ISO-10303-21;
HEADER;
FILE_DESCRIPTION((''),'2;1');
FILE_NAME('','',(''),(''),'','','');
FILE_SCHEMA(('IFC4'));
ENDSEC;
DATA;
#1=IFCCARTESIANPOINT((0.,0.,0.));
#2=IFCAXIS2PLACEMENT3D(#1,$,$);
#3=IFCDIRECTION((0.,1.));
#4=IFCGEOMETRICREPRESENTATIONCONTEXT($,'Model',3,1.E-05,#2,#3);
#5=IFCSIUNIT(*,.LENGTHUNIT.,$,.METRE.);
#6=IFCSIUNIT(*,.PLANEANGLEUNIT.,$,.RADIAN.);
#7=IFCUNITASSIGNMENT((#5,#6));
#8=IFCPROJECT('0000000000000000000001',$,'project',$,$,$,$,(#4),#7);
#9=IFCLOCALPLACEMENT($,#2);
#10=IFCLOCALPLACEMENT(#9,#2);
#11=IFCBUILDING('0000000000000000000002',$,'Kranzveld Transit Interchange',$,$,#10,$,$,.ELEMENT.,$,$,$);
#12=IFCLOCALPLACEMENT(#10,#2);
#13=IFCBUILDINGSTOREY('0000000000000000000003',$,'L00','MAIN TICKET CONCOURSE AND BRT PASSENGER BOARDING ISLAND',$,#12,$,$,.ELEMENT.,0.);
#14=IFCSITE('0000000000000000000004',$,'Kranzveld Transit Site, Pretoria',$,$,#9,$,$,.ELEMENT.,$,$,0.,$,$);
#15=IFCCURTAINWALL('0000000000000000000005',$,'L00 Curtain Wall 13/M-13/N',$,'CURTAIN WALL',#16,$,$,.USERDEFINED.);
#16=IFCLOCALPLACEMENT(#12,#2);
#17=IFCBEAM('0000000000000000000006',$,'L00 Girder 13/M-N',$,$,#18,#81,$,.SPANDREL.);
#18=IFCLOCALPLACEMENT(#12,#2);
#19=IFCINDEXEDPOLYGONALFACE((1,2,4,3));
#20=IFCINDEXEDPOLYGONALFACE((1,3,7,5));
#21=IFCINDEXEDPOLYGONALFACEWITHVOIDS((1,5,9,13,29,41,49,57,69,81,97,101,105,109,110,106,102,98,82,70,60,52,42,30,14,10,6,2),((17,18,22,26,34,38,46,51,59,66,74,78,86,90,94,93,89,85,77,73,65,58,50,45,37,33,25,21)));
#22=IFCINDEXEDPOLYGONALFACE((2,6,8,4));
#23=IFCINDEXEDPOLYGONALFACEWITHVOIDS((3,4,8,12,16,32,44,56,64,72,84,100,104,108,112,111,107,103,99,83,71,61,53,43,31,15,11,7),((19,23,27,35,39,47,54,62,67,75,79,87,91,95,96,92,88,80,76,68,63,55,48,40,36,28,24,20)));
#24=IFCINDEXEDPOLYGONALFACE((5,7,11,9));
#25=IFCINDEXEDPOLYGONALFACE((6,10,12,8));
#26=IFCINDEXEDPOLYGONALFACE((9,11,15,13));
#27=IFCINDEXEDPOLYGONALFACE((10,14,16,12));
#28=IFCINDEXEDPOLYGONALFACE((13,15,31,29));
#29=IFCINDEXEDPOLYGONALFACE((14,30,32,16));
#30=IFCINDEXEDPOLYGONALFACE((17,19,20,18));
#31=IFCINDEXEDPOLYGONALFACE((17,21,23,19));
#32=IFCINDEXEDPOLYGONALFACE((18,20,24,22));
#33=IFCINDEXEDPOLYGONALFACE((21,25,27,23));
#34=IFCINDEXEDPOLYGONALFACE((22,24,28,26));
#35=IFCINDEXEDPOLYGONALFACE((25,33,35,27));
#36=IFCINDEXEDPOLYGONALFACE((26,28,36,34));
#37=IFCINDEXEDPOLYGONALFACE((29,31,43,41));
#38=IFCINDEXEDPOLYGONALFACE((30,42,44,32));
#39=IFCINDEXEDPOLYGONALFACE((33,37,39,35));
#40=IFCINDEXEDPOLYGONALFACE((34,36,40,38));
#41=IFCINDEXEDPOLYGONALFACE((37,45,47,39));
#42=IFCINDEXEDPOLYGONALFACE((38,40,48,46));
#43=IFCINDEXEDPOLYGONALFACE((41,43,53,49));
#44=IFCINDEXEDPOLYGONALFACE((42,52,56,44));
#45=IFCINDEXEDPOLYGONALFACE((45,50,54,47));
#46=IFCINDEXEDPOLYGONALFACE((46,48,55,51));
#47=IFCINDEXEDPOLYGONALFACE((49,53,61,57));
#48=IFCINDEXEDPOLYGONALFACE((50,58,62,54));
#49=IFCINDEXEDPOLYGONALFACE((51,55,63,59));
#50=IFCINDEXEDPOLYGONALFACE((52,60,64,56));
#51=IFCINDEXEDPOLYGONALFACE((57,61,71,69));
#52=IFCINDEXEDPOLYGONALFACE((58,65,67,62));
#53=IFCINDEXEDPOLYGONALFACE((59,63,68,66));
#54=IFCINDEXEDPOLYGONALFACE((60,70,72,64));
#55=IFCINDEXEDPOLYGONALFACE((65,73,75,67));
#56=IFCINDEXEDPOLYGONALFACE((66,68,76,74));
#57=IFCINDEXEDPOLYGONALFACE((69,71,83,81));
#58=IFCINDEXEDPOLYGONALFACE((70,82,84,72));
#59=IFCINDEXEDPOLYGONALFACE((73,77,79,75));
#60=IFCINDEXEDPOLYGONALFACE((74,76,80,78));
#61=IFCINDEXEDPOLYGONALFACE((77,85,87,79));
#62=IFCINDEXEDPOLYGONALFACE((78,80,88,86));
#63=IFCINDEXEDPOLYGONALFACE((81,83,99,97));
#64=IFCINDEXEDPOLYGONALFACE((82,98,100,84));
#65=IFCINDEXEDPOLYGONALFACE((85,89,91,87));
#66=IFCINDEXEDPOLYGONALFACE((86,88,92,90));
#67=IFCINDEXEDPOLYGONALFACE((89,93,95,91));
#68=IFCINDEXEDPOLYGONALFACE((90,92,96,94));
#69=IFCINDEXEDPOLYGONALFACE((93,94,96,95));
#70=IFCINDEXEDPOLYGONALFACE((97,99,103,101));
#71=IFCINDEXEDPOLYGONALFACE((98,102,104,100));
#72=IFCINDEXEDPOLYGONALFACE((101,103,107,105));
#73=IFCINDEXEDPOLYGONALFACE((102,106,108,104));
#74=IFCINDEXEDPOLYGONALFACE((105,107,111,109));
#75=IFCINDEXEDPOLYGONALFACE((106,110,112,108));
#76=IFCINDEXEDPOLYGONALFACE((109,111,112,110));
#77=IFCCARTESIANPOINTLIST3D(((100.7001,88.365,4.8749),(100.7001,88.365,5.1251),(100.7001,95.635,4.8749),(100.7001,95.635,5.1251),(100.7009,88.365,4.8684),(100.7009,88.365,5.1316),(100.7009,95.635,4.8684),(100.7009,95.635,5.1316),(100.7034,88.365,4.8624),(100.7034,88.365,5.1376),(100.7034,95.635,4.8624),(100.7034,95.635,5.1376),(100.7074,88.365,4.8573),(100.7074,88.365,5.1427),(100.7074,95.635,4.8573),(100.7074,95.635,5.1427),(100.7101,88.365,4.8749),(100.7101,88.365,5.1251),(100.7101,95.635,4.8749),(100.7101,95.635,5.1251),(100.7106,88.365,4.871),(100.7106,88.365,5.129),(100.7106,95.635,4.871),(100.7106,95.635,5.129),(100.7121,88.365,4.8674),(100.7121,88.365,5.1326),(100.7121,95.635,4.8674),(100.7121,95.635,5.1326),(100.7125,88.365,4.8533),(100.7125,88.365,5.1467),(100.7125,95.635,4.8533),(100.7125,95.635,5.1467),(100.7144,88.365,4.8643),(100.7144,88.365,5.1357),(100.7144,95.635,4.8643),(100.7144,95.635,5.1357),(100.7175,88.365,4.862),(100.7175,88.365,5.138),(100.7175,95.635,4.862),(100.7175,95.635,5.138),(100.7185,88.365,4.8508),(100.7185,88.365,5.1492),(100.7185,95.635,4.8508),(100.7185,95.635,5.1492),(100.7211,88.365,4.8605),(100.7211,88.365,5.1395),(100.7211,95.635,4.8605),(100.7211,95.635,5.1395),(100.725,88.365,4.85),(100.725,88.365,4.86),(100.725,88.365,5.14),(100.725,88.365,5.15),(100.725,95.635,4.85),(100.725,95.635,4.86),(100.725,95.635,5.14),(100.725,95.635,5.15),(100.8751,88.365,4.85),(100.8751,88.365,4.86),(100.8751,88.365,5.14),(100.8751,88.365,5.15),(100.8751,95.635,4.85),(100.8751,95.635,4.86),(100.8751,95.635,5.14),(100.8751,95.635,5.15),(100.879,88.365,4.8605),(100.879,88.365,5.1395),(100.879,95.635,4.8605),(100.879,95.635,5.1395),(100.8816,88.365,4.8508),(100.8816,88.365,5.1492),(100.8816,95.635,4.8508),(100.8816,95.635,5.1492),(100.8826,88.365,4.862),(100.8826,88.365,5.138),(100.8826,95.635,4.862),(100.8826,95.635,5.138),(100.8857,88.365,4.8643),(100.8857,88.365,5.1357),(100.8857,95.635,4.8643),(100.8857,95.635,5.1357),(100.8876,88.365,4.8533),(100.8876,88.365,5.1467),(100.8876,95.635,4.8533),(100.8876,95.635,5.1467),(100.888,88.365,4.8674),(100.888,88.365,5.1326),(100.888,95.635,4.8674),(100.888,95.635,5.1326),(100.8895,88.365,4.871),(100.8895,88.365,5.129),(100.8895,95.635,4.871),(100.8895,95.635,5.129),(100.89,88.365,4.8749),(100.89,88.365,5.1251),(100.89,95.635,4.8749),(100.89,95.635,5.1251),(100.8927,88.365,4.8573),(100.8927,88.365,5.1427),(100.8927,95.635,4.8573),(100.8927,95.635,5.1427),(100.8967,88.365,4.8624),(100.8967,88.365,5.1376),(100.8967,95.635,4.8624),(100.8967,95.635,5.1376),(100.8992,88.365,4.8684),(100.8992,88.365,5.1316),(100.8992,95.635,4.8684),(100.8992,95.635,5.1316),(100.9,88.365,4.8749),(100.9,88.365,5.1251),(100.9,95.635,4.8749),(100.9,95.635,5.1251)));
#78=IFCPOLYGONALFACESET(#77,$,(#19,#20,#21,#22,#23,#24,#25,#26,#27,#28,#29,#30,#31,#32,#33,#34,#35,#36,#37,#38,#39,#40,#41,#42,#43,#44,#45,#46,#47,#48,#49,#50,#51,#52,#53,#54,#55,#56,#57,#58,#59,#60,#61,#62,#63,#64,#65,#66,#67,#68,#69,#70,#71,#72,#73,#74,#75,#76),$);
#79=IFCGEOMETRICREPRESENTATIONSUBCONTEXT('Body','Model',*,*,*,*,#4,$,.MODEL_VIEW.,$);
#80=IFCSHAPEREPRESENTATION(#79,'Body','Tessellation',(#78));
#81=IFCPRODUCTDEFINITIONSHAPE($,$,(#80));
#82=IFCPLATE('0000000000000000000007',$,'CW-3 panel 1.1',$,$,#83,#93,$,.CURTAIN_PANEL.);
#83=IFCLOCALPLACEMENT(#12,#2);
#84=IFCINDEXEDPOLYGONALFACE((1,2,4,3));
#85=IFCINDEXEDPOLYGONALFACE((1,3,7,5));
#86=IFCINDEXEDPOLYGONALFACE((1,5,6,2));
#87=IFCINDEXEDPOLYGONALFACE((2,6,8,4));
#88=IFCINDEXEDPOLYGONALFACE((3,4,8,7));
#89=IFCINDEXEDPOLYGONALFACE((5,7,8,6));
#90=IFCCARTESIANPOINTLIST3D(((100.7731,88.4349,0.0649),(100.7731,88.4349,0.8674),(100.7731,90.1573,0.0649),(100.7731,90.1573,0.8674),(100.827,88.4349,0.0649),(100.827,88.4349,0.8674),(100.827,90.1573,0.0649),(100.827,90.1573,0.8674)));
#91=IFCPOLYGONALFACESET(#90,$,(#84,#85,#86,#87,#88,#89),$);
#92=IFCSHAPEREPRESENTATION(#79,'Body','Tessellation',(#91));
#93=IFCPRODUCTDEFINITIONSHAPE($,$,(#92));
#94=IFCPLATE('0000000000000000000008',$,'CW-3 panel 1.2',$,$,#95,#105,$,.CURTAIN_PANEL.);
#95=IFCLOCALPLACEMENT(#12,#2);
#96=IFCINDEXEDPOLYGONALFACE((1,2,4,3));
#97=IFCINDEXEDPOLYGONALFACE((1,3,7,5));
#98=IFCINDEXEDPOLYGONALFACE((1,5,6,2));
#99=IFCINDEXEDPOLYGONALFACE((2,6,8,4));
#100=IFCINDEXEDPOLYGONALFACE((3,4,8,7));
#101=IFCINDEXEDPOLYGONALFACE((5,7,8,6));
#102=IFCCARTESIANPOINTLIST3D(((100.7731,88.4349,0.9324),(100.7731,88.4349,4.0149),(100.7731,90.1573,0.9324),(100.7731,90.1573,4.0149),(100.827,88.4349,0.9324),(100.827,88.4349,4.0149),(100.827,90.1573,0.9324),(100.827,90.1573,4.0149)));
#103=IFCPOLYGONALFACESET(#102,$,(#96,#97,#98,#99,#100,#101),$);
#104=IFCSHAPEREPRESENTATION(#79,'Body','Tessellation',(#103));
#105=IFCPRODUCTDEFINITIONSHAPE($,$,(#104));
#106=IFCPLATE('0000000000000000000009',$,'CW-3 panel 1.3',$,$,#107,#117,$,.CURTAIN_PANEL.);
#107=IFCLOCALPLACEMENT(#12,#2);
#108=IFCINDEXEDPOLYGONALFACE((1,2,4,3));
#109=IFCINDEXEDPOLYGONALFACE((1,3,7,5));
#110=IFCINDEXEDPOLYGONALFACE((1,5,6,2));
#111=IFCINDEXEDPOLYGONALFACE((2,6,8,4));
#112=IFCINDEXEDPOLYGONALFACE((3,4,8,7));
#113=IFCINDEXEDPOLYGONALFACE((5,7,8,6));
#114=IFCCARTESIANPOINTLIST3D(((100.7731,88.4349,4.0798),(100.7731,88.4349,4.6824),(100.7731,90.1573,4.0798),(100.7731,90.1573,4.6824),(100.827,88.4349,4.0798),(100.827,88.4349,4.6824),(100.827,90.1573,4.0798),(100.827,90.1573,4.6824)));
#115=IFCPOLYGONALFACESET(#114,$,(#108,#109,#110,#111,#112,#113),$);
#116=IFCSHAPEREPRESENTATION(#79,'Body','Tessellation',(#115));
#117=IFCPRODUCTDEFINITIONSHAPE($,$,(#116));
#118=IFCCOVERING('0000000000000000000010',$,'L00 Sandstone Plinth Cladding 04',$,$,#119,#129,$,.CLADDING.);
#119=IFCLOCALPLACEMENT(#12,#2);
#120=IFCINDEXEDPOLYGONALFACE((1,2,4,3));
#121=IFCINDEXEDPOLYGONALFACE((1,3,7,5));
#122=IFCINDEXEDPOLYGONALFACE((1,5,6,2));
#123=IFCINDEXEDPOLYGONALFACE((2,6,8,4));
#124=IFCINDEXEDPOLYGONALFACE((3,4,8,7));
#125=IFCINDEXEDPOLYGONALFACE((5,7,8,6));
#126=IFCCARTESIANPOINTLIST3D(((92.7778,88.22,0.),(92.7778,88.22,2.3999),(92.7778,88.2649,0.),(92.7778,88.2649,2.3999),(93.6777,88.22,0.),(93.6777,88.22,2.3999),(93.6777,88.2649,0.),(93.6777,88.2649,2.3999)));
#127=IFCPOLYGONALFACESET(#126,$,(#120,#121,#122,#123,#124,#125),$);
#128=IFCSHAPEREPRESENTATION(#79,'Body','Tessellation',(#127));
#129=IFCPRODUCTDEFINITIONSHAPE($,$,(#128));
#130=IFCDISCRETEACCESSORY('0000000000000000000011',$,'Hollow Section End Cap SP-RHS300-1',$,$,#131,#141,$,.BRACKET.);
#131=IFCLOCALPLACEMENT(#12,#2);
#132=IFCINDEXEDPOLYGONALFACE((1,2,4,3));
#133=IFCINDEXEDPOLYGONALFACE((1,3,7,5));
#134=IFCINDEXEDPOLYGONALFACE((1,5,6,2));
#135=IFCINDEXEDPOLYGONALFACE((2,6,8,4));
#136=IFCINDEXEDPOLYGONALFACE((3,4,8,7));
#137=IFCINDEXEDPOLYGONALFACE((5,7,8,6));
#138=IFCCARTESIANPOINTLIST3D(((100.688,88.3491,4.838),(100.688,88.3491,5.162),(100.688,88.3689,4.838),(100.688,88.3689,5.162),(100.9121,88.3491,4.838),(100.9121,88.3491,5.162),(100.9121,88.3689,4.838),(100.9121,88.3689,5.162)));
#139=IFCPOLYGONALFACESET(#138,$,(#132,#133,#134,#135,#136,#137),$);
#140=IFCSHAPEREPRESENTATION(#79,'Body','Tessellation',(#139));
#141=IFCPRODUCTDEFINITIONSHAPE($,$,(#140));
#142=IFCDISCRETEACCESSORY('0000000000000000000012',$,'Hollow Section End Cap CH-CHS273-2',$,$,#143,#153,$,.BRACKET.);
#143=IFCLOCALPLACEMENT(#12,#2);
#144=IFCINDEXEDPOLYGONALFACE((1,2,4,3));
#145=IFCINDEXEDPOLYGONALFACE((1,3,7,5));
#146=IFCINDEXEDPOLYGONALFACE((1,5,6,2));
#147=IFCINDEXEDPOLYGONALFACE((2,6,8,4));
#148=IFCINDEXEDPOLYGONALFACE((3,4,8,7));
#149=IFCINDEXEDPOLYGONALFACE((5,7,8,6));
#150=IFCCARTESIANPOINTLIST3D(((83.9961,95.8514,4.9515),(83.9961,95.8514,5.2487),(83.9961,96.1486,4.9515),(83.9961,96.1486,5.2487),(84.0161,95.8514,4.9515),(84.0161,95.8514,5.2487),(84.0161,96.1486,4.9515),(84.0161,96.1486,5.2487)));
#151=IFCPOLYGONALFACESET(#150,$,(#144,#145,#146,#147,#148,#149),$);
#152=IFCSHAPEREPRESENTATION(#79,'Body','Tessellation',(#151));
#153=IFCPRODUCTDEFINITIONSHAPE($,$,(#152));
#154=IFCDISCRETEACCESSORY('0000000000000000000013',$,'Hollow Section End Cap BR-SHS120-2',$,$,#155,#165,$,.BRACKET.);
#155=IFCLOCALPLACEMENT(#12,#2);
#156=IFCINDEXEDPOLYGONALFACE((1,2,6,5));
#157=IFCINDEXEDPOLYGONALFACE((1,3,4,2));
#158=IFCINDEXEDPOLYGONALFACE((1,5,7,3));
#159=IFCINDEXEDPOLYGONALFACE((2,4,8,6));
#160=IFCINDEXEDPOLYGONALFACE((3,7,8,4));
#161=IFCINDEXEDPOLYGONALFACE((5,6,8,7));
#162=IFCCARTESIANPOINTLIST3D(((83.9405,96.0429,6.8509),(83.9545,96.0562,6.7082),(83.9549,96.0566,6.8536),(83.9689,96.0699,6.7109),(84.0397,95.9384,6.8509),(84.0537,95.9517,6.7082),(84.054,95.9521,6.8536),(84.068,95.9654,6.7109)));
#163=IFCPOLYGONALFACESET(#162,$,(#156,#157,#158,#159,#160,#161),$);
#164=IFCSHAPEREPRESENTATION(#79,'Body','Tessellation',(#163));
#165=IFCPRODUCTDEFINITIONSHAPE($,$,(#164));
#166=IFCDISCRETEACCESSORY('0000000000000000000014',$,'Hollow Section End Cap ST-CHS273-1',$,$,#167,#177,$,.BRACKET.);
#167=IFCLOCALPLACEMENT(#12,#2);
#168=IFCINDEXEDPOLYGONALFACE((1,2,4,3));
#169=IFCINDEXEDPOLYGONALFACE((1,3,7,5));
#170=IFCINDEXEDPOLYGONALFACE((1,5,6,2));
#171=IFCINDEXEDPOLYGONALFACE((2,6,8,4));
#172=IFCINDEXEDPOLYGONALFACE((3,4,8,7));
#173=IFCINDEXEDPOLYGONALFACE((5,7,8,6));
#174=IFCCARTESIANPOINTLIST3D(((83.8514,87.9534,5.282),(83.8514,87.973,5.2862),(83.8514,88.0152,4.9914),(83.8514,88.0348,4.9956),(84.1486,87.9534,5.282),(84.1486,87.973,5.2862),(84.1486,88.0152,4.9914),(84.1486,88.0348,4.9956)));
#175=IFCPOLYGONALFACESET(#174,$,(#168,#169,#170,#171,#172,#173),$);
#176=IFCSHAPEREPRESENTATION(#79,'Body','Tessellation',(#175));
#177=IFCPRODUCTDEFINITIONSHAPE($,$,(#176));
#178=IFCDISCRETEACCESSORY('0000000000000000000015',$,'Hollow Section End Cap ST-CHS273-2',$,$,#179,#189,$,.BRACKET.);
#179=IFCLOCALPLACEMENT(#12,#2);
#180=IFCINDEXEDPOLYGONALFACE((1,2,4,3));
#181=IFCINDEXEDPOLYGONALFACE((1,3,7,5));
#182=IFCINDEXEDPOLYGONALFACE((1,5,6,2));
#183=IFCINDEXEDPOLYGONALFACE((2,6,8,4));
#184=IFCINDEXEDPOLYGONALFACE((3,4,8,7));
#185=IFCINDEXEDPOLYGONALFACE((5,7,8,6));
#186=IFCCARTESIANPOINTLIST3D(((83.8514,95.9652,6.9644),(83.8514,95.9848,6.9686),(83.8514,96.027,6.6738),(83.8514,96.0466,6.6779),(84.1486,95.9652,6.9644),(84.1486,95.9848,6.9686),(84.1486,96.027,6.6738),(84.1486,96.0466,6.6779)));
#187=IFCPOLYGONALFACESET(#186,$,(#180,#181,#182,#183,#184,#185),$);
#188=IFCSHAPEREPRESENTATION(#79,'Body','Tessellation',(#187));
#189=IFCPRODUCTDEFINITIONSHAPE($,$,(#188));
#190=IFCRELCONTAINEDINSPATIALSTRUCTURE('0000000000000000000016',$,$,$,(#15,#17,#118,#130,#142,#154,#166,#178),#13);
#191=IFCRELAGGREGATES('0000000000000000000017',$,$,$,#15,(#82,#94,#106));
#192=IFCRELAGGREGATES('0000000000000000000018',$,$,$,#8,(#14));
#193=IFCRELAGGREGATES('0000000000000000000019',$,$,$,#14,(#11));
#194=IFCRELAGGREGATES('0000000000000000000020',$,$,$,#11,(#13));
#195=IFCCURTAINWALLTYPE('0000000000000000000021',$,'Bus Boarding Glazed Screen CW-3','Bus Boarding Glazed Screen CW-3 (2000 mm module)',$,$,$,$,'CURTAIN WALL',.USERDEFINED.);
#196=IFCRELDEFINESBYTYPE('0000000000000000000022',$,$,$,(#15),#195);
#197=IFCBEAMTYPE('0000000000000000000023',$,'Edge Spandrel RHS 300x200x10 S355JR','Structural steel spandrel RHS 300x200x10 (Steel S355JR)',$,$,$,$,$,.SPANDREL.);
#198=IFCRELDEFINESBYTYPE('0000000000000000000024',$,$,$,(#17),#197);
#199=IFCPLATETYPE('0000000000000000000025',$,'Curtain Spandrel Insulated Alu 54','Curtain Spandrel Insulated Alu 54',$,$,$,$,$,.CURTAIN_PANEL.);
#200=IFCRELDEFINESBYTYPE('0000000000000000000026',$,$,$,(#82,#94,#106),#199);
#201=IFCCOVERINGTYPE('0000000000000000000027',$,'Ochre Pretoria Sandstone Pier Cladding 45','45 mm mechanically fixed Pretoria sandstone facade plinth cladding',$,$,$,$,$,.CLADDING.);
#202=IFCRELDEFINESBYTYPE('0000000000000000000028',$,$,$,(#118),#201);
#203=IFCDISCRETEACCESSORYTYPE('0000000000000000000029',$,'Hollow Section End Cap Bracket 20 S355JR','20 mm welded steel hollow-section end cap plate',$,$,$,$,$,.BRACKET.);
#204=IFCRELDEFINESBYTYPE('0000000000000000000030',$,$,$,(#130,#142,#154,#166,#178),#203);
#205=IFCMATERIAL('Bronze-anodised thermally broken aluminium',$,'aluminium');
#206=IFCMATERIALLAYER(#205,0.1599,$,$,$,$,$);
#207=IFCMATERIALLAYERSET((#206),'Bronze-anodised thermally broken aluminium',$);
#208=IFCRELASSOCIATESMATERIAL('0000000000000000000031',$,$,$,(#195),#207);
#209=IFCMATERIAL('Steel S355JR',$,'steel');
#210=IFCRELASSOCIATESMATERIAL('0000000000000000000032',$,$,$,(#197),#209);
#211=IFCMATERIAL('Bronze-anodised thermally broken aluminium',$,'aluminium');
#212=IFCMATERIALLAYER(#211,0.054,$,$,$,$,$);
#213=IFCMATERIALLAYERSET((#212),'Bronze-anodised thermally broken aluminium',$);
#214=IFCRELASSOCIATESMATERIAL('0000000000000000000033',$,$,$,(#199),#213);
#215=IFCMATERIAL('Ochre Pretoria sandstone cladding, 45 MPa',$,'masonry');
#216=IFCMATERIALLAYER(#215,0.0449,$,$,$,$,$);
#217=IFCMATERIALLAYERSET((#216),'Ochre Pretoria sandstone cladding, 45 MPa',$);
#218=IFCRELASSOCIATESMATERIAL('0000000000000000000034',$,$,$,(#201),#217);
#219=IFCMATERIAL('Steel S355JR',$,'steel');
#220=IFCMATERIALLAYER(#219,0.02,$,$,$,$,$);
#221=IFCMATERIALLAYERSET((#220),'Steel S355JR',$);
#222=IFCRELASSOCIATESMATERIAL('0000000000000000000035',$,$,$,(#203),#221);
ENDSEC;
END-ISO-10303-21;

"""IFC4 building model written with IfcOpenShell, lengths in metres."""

from ifc_helpers import new_model, si_unit, direction, frame, origin, origin_2d, place, context, subcontext, project, spatial, rectangle, hollow_rectangle, extrude, material, layer, layer_set, material_profile, profile_set, type_object, element, aggregate, save


model = new_model("IFC4")

# Units and contexts
model_context = context("Model", 3, precision=1e-05, world=origin(), true_north=direction((0.0, 1.0)))
body_context = subcontext(model_context, "Body", "Model", "MODEL_VIEW")
ifc_project = project(units=[si_unit("LENGTHUNIT", "METRE"), si_unit("PLANEANGLEUNIT", "RADIAN")], contexts=[model_context])

# Site, building, storey
site_placement = place(None, origin())
site = spatial("IfcSite", under=ifc_project, at=site_placement, Name="Kranzveld Transit Site, Pretoria", CompositionType="ELEMENT", RefElevation=0.0)
building_placement = place(site_placement, origin())
building = spatial("IfcBuilding", under=site, at=building_placement, Name="Kranzveld Transit Interchange", CompositionType="ELEMENT")
storey_placement = place(building_placement, origin())
storey = spatial("IfcBuildingStorey", under=building, at=storey_placement, Name="L00", Description="MAIN TICKET CONCOURSE AND BRT PASSENGER BOARDING ISLAND", CompositionType="ELEMENT", Elevation=0.0)

# Curtain wall
ifc_material_1 = material(Name="Bronze-anodised thermally broken aluminium", Category="aluminium")
ifc_layer_1 = layer(ifc_material_1, 0.1599)
ifc_layer_set_1 = layer_set([ifc_layer_1], Name="Bronze-anodised thermally broken aluminium")
curtain_wall_type = type_object("IfcCurtainWallType", Name="Bus Boarding Glazed Screen CW-3", Description="Bus Boarding Glazed Screen CW-3 (2000 mm module)", ElementType="CURTAIN WALL", PredefinedType="USERDEFINED", material=ifc_layer_set_1)
curtain_wall_placement = place(storey_placement, origin())
curtain_wall = element("IfcCurtainWall", 1, at=curtain_wall_placement, inside=storey, type_object=curtain_wall_type, Name="L00 Curtain Wall 13/M-13/N", ObjectType="CURTAIN WALL", PredefinedType="USERDEFINED")

# Beam
ifc_material_2 = material(Name="Steel S355JR", Category="steel")
ifc_material_profile_1 = material_profile(ifc_material_2, hollow_rectangle(XDim=0.2, YDim=0.3, WallThickness=0.01, InnerFilletRadius=0.0149, OuterFilletRadius=0.0249, at=origin_2d()), Name="RHS 300x200x10")
ifc_profile_set_1 = profile_set([ifc_material_profile_1], Name="Steel S355JR")
beam_type = type_object("IfcBeamType", Name="Edge Spandrel RHS 300x200x10 S355JR", Description="Structural steel spandrel RHS 300x200x10 (Steel S355JR)", PredefinedType="SPANDREL", material=ifc_profile_set_1)
beam_placement = place(storey_placement, frame((100.8, 88.365, 5.0), z_axis=(0.0, 1.0, 0.0), x_axis=(-1.0, 0.0, 0.0)))
element("IfcBeam", 2, at=beam_placement, inside=storey, type_object=beam_type, Name="L00 Girder 13/M-N", PredefinedType="SPANDREL", context=body_context, shape_type="SweptSolid", body=[
    extrude(hollow_rectangle(XDim=0.2, YDim=0.3, WallThickness=0.01, InnerFilletRadius=0.0149, OuterFilletRadius=0.0249, at=origin_2d()), origin(), (0.0, 0.0, 1.0), 7.27),
])

# Plates
ifc_material_3 = material(Name="Bronze-anodised thermally broken aluminium", Category="aluminium")
ifc_layer_2 = layer(ifc_material_3, 0.054)
ifc_layer_set_2 = layer_set([ifc_layer_2], Name="Bronze-anodised thermally broken aluminium")
plate_type = type_object("IfcPlateType", Name="Curtain Spandrel Insulated Alu 54", Description="Curtain Spandrel Insulated Alu 54", PredefinedType="CURTAIN_PANEL", material=ifc_layer_set_2)
plate_1_placement = place(storey_placement, frame((100.8, 89.2961, 0.0649), z_axis=(0.0, 0.0, 1.0), x_axis=(0.0, 1.0, 0.0)))
plate_1 = element("IfcPlate", 3, at=plate_1_placement, type_object=plate_type, Name="CW-3 panel 1.1", PredefinedType="CURTAIN_PANEL", context=body_context, shape_type="SweptSolid", body=[
    extrude(rectangle(XDim=1.7224, YDim=0.054, at=origin_2d()), origin(), (0.0, 0.0, 1.0), 0.8025),
])
plate_2_placement = place(storey_placement, frame((100.8, 89.2961, 0.9324), z_axis=(0.0, 0.0, 1.0), x_axis=(0.0, 1.0, 0.0)))
plate_2 = element("IfcPlate", 4, at=plate_2_placement, type_object=plate_type, Name="CW-3 panel 1.2", PredefinedType="CURTAIN_PANEL", context=body_context, shape_type="SweptSolid", body=[
    extrude(rectangle(XDim=1.7224, YDim=0.054, at=origin_2d()), origin(), (0.0, 0.0, 1.0), 3.0825),
])
plate_3_placement = place(storey_placement, frame((100.8, 89.2961, 4.0798), z_axis=(0.0, 0.0, 1.0), x_axis=(0.0, 1.0, 0.0)))
plate_3 = element("IfcPlate", 5, at=plate_3_placement, type_object=plate_type, Name="CW-3 panel 1.3", PredefinedType="CURTAIN_PANEL", context=body_context, shape_type="SweptSolid", body=[
    extrude(rectangle(XDim=1.7224, YDim=0.054, at=origin_2d()), origin(), (0.0, 0.0, 1.0), 0.6025),
])
aggregate(curtain_wall, [plate_1, plate_2, plate_3])

# Covering
ifc_material_4 = material(Name="Ochre Pretoria sandstone cladding, 45 MPa", Category="masonry")
ifc_layer_3 = layer(ifc_material_4, 0.0449)
ifc_layer_set_3 = layer_set([ifc_layer_3], Name="Ochre Pretoria sandstone cladding, 45 MPa")
covering_type = type_object("IfcCoveringType", Name="Ochre Pretoria Sandstone Pier Cladding 45", Description="45 mm mechanically fixed Pretoria sandstone facade plinth cladding", PredefinedType="CLADDING", material=ifc_layer_set_3)
covering_placement = place(storey_placement, frame((93.2278, 88.2424, 0.0), z_axis=(0.0, 0.0, 1.0), x_axis=(1.0, 0.0, 0.0)))
element("IfcCovering", 6, at=covering_placement, inside=storey, type_object=covering_type, Name="L00 Sandstone Plinth Cladding 04", PredefinedType="CLADDING", context=body_context, shape_type="SweptSolid", body=[
    extrude(rectangle(XDim=0.8999, YDim=0.0449, at=origin_2d()), origin(), (0.0, 0.0, 1.0), 2.3999),
])

# Discrete accessories
ifc_material_5 = material(Name="Steel S355JR", Category="steel")
ifc_layer_4 = layer(ifc_material_5, 0.02)
ifc_layer_set_4 = layer_set([ifc_layer_4], Name="Steel S355JR")
discrete_accessory_type = type_object("IfcDiscreteAccessoryType", Name="Hollow Section End Cap Bracket 20 S355JR", Description="20 mm welded steel hollow-section end cap plate", PredefinedType="BRACKET", material=ifc_layer_set_4)
discrete_accessory_1_placement = place(storey_placement, frame((100.8, 88.3689, 5.0), z_axis=(0.0, -1.0, 0.0), x_axis=(1.0, 0.0, 0.0)))
element("IfcDiscreteAccessory", 7, at=discrete_accessory_1_placement, inside=storey, type_object=discrete_accessory_type, Name="Hollow Section End Cap SP-RHS300-1", PredefinedType="BRACKET", context=body_context, shape_type="SweptSolid", body=[
    extrude(rectangle(XDim=0.2241, YDim=0.324, at=origin_2d()), origin(), (0.0, 0.0, 1.0), 0.0198),
])
discrete_accessory_2_placement = place(storey_placement, frame((83.9961, 96.0, 5.1001), z_axis=(1.0, 0.0, 0.0), x_axis=(0.0, 1.0, 0.0)))
element("IfcDiscreteAccessory", 8, at=discrete_accessory_2_placement, inside=storey, type_object=discrete_accessory_type, Name="Hollow Section End Cap CH-CHS273-2", PredefinedType="BRACKET", context=body_context, shape_type="SweptSolid", body=[
    extrude(rectangle(XDim=0.2971, YDim=0.2971, at=origin_2d()), origin(), (0.0, 0.0, 1.0), 0.02),
])
discrete_accessory_3_placement = place(storey_placement, frame((83.9971, 95.9973, 6.7795), z_axis=(0.718764, 0.682217, 0.134007), x_axis=(-0.688426, 0.725306, 0.0)))
element("IfcDiscreteAccessory", 9, at=discrete_accessory_3_placement, inside=storey, type_object=discrete_accessory_type, Name="Hollow Section End Cap BR-SHS120-2", PredefinedType="BRACKET", context=body_context, shape_type="SweptSolid", body=[
    extrude(rectangle(XDim=0.144, YDim=0.144, at=origin_2d()), origin(), (0.0, 0.0, 1.0), 0.02),
])
for number, where, z_axis, x_axis, name in (
    (10, (84.0, 88.0039, 5.1409), (0.0, -0.978159, -0.207859), (1.0, 0.0, 0.0), "Hollow Section End Cap ST-CHS273-1"),
    (11, (84.0, 95.9961, 6.8191), (0.0, 0.978159, 0.207859), (-1.0, 0.0, 0.0), "Hollow Section End Cap ST-CHS273-2"),
):
    element("IfcDiscreteAccessory", number, at=place(storey_placement, frame(where, z_axis=z_axis, x_axis=x_axis)), inside=storey, type_object=discrete_accessory_type, Name=name, PredefinedType="BRACKET", context=body_context, shape_type="SweptSolid", body=[
        extrude(rectangle(XDim=0.2971, YDim=0.2971, at=origin_2d()), origin(), (0.0, 0.0, 1.0), 0.02),
    ])

save(model, "model.ifc")
